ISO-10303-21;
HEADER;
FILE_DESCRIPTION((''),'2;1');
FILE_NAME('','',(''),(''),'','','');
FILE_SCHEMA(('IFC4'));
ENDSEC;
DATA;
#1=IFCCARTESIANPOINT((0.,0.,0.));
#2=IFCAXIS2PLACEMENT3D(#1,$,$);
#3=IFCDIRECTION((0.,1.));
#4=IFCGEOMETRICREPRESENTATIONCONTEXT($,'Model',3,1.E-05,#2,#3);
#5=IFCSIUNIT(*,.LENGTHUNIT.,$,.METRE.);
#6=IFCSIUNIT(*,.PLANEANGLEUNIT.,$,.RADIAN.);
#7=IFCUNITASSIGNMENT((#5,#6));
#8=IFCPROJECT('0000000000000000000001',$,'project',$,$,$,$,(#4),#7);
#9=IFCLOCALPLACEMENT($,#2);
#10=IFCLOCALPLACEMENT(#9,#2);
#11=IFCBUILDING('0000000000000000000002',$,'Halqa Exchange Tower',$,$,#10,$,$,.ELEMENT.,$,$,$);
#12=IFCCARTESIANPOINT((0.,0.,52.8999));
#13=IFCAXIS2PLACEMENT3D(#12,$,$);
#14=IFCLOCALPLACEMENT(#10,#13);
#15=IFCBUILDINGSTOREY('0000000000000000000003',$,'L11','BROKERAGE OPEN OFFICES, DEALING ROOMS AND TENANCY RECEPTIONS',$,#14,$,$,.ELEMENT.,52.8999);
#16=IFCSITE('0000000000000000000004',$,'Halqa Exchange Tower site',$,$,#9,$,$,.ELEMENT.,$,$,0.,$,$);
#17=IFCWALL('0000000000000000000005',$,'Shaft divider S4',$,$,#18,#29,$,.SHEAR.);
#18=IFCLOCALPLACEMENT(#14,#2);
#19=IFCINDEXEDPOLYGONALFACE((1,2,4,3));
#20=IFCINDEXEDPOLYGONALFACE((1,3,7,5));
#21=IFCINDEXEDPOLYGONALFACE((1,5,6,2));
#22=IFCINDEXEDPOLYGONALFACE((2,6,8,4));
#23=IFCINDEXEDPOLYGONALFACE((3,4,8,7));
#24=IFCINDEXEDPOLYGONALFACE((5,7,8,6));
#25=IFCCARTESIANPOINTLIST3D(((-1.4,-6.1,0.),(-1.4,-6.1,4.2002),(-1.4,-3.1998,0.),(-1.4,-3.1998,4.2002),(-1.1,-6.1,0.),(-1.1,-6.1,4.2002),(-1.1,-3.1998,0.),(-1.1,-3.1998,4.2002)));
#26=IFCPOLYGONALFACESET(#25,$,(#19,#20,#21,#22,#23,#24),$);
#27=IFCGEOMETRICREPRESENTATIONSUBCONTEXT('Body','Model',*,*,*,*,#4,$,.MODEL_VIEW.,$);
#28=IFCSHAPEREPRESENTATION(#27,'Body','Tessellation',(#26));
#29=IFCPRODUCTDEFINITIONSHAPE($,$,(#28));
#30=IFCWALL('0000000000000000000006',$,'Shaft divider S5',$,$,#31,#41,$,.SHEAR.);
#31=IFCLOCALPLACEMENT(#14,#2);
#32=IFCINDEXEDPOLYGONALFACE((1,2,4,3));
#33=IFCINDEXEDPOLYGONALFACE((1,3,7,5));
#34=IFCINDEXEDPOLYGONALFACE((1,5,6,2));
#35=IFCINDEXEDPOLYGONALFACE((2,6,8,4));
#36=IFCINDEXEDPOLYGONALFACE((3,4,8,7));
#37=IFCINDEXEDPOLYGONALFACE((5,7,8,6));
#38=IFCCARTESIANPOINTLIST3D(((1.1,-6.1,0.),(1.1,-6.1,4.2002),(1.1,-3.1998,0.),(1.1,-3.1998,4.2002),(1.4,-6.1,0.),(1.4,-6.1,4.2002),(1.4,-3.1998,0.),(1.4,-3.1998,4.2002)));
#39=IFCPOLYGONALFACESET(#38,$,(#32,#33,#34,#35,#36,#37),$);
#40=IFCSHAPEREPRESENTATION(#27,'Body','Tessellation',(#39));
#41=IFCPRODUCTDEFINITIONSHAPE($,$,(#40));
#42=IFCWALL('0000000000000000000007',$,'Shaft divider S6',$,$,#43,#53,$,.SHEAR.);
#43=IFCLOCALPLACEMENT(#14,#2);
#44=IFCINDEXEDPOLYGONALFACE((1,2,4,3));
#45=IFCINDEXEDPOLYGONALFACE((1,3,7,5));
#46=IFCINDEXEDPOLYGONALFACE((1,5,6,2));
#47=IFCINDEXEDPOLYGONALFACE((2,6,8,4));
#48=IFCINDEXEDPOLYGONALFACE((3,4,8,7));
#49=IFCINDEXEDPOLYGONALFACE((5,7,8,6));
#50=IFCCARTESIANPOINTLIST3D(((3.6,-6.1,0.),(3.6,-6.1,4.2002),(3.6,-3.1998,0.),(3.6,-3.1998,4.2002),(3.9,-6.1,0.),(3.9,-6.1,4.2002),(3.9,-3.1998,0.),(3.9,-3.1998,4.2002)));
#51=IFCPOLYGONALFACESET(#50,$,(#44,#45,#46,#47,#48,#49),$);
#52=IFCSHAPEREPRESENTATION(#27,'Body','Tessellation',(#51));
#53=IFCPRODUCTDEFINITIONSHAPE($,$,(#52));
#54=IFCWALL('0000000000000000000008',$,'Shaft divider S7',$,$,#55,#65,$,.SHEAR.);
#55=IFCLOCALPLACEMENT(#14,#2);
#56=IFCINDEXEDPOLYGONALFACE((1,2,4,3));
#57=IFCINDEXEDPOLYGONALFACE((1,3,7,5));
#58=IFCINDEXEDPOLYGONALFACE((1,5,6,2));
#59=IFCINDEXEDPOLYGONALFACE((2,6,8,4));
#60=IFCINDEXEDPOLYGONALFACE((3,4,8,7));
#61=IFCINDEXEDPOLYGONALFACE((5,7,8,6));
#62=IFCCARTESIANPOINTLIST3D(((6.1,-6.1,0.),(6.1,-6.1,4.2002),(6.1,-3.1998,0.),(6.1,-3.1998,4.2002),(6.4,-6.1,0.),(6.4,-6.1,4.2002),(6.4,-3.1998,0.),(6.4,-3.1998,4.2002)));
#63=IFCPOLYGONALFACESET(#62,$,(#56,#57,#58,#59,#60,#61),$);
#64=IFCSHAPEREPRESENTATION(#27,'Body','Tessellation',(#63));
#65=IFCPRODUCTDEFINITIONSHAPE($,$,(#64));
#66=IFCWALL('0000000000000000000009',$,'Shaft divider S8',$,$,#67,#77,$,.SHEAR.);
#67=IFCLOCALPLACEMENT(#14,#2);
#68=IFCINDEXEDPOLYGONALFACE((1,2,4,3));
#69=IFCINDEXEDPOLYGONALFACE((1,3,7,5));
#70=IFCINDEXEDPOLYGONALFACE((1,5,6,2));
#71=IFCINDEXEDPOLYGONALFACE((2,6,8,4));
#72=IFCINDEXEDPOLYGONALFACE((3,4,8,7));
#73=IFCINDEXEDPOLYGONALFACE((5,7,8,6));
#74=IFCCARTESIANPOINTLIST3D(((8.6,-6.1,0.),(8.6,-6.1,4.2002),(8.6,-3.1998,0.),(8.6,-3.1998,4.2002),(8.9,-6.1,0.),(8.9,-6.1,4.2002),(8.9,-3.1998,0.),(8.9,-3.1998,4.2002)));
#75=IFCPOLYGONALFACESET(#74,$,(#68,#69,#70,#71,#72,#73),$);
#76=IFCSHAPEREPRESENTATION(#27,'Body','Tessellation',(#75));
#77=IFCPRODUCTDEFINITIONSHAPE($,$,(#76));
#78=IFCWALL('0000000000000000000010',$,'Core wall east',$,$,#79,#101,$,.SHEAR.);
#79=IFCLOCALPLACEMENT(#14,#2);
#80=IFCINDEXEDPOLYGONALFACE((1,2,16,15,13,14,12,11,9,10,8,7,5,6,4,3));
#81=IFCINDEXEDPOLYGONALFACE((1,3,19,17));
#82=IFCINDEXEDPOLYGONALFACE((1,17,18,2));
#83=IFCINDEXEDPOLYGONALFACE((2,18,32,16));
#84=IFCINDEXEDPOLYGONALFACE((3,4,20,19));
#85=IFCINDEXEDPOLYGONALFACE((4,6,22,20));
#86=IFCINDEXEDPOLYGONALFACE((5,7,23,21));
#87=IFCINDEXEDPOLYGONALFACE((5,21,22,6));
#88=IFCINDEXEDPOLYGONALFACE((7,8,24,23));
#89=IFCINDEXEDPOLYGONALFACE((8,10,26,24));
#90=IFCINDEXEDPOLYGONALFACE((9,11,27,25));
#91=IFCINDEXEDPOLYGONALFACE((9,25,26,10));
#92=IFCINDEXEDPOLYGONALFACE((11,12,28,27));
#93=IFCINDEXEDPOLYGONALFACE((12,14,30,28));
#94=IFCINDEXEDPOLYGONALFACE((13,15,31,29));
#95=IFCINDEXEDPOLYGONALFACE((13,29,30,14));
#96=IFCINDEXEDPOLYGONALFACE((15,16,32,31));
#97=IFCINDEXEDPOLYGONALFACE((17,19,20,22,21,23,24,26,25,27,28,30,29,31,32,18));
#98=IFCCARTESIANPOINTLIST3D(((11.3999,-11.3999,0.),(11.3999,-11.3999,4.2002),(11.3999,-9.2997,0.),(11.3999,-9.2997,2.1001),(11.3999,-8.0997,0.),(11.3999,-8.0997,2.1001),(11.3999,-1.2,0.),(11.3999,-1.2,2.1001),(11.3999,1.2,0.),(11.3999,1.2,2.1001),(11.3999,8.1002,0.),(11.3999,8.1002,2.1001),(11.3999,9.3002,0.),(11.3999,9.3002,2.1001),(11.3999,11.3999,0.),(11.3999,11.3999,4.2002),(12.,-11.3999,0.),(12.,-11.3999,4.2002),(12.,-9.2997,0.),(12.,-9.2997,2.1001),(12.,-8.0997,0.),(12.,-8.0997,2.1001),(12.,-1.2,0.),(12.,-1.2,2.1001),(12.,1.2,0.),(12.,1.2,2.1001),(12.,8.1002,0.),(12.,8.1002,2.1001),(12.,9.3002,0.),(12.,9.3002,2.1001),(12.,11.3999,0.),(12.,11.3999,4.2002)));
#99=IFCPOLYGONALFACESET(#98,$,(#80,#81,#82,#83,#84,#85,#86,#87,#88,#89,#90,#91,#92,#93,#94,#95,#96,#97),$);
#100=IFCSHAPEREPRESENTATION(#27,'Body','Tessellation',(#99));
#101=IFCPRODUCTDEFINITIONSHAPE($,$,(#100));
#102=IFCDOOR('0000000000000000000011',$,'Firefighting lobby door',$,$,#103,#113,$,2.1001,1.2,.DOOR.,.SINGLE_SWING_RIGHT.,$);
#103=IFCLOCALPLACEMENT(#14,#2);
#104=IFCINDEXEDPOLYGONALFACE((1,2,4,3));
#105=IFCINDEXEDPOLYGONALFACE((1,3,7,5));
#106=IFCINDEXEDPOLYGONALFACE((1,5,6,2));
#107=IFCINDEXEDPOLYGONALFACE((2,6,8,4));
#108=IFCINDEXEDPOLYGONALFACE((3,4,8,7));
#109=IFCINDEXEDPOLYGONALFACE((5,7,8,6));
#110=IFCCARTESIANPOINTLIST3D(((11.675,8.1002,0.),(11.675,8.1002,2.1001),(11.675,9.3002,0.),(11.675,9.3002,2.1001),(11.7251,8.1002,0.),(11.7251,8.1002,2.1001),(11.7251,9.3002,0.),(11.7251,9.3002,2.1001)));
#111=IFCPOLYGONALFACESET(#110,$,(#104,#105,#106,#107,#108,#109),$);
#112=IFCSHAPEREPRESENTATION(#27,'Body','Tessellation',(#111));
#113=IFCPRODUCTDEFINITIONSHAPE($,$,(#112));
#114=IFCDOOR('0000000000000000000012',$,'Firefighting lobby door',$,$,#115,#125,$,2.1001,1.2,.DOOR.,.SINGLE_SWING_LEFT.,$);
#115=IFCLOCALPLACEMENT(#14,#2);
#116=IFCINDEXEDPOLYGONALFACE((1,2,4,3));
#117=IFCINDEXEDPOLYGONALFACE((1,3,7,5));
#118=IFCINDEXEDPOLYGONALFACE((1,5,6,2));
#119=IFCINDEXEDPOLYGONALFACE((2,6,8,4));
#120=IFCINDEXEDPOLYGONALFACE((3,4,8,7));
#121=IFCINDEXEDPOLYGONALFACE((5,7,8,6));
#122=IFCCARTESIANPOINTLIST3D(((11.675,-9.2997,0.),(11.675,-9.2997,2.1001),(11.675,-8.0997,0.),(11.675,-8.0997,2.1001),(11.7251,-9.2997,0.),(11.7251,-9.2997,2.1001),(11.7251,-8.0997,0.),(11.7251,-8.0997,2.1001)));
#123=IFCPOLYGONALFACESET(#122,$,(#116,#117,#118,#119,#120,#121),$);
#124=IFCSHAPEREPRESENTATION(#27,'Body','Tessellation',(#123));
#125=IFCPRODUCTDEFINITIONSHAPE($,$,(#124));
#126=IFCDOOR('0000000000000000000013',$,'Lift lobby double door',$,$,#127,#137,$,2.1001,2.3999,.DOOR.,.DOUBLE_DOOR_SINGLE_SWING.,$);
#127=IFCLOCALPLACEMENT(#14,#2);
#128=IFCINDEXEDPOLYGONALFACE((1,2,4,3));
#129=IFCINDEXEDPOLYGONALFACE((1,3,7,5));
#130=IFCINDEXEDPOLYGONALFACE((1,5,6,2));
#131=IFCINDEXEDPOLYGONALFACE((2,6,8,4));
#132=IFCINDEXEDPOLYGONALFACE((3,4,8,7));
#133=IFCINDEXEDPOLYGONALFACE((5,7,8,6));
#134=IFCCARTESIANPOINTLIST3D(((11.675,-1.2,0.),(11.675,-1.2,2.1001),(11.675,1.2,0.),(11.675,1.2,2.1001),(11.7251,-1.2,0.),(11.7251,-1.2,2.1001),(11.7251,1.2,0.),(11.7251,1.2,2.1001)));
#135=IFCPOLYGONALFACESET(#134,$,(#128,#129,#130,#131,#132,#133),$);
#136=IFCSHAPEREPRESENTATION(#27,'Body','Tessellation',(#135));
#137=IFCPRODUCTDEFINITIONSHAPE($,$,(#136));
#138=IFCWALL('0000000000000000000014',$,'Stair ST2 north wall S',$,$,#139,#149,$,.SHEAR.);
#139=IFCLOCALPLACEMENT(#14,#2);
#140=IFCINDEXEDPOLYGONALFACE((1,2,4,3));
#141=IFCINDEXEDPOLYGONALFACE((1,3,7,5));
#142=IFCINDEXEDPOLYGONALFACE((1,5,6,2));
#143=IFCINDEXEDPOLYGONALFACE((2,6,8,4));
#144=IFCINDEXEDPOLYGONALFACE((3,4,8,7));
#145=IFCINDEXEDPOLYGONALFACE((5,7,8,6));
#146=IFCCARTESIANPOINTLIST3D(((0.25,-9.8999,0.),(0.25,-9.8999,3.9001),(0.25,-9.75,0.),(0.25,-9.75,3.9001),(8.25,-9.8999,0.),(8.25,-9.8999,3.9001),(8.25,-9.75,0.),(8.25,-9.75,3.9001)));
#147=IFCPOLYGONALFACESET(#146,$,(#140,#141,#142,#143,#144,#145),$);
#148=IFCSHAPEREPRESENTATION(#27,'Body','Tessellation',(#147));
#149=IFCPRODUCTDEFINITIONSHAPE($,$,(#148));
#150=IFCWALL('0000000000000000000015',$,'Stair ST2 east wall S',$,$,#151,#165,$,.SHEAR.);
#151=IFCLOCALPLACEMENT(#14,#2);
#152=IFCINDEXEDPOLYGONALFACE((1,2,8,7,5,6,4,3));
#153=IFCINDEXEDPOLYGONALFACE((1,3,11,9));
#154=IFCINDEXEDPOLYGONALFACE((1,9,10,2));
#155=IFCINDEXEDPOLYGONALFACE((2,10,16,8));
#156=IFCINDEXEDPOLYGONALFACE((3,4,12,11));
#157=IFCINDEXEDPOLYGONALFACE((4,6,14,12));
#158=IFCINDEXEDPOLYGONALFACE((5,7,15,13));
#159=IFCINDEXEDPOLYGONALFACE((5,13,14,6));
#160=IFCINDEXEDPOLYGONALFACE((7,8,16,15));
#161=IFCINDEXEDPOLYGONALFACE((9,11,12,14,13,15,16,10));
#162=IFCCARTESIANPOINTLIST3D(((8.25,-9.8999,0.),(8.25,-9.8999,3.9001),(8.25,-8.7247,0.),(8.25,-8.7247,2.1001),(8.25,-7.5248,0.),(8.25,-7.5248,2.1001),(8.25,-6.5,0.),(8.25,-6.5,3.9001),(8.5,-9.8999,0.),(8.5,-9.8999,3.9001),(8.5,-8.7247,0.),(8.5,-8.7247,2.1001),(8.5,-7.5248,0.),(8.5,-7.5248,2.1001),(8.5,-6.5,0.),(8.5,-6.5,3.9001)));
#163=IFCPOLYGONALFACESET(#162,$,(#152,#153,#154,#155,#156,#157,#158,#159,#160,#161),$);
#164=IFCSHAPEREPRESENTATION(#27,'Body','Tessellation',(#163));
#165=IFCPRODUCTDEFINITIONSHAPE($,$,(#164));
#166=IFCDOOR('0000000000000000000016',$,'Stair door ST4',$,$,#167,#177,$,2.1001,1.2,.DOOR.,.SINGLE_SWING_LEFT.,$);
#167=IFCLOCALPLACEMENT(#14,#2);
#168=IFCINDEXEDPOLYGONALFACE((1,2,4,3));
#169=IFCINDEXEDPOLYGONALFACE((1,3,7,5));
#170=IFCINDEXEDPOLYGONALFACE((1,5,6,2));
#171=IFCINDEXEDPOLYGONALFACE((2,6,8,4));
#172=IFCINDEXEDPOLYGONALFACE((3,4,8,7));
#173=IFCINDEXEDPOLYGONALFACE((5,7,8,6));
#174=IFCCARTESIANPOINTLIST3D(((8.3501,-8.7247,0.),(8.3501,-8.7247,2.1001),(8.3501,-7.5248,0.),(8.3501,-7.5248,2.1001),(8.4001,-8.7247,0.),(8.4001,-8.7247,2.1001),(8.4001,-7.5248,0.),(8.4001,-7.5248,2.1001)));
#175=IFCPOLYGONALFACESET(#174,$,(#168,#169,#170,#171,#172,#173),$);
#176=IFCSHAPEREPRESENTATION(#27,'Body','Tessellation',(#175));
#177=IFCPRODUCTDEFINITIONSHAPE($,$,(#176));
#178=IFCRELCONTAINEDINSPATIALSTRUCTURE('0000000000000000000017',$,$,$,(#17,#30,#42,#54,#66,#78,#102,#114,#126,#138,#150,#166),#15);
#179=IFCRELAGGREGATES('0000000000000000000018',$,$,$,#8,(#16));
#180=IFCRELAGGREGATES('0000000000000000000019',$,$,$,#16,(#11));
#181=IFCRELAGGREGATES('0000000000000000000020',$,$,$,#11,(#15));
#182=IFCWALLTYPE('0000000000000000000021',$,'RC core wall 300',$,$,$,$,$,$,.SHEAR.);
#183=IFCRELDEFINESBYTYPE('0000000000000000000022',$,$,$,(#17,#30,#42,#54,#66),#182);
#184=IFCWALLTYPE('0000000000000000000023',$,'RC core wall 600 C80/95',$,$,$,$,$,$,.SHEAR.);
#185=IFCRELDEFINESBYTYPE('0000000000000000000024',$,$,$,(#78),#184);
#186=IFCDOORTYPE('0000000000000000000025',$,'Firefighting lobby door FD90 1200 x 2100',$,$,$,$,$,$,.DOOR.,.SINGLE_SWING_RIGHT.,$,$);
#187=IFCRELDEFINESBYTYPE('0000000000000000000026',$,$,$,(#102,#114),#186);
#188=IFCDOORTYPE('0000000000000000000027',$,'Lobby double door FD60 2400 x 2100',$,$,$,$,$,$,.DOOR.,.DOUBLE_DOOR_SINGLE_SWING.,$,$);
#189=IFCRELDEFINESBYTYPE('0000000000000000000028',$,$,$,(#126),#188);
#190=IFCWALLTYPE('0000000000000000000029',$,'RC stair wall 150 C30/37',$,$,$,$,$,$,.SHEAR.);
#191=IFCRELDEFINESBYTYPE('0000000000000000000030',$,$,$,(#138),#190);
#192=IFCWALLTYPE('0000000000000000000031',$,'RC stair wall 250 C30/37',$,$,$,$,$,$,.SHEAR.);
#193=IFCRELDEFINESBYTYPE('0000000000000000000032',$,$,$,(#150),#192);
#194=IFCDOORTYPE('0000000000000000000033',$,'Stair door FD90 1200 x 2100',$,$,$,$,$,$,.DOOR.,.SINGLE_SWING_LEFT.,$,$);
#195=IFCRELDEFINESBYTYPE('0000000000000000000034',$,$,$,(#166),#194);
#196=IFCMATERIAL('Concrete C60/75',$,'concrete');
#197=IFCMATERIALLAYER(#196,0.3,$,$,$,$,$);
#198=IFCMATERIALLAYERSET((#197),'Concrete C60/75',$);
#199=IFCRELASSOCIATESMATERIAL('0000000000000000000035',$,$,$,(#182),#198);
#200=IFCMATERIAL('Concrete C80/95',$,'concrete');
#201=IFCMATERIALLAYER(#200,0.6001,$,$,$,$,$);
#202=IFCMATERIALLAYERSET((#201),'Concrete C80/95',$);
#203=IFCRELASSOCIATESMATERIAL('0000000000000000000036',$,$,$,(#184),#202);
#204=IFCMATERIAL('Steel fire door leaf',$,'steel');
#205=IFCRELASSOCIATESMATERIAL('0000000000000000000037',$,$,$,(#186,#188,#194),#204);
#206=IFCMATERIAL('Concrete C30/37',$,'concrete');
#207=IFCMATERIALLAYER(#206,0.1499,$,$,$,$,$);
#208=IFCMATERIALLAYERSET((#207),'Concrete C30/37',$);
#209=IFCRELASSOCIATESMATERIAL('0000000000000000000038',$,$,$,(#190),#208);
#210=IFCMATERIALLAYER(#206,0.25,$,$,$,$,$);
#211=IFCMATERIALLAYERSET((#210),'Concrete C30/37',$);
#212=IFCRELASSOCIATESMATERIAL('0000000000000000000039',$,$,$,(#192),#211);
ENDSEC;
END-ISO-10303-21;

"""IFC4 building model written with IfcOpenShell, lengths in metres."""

from ifc_helpers import new_model, si_unit, direction, frame, frame_2d, origin, place, context, subcontext, project, spatial, rectangle, extrude, material, layer, layer_set, type_object, element, fill, save


model = new_model("IFC4")

# Units and contexts
model_context = context("Model", 3, precision=1e-05, world=origin(), true_north=direction((0.0, 1.0)))
body_context = subcontext(model_context, "Body", "Model", "MODEL_VIEW")
ifc_project = project(units=[si_unit("LENGTHUNIT", "METRE"), si_unit("PLANEANGLEUNIT", "RADIAN")], contexts=[model_context])

# Site, building, storey
site_placement = place(None, origin())
site = spatial("IfcSite", under=ifc_project, at=site_placement, Name="Halqa Exchange Tower site", CompositionType="ELEMENT", RefElevation=0.0)
building_placement = place(site_placement, origin())
building = spatial("IfcBuilding", under=site, at=building_placement, Name="Halqa Exchange Tower", CompositionType="ELEMENT")
storey_placement = place(building_placement, frame((0.0, 0.0, 52.8999)))
storey = spatial("IfcBuildingStorey", under=building, at=storey_placement, Name="L11", Description="BROKERAGE OPEN OFFICES, DEALING ROOMS AND TENANCY RECEPTIONS", CompositionType="ELEMENT", Elevation=52.8999)

# Walls
ifc_material_1 = material(Name="Concrete C60/75", Category="concrete")
ifc_layer_1 = layer(ifc_material_1, 0.3)
ifc_layer_set_1 = layer_set([ifc_layer_1], Name="Concrete C60/75")
wall_type_1 = type_object("IfcWallType", Name="RC core wall 300", PredefinedType="SHEAR", material=ifc_layer_set_1)
for number, where, z_axis, x_axis, name in (
    (1, (-1.25, -6.1001, 0.0), (0.0, 0.0, 1.0), (0.0, 1.0, 0.0), "Shaft divider S4"),
    (2, (1.25, -6.1001, 0.0), (0.0, 0.0, 1.0), (0.0, 1.0, 0.0), "Shaft divider S5"),
    (3, (3.75, -6.1001, 0.0), (0.0, 0.0, 1.0), (0.0, 1.0, 0.0), "Shaft divider S6"),
    (4, (6.25, -6.1001, 0.0), (0.0, 0.0, 1.0), (0.0, 1.0, 0.0), "Shaft divider S7"),
    (5, (8.75, -6.1001, 0.0), (0.0, 0.0, 1.0), (0.0, 1.0, 0.0), "Shaft divider S8"),
):
    element("IfcWall", number, at=place(storey_placement, frame(where, z_axis=z_axis, x_axis=x_axis)), inside=storey, type_object=wall_type_1, Name=name, PredefinedType="SHEAR", context=body_context, shape_type="SweptSolid", body=[
        extrude(rectangle(XDim=2.9001, YDim=0.3, at=frame_2d((1.4502, 0.0))), origin(), (0.0, 0.0, 1.0), 4.2002),
    ])

# Wall, openings, doors
ifc_material_2 = material(Name="Concrete C80/95", Category="concrete")
ifc_layer_2 = layer(ifc_material_2, 0.6001)
ifc_layer_set_2 = layer_set([ifc_layer_2], Name="Concrete C80/95")
wall_type_2 = type_object("IfcWallType", Name="RC core wall 600 C80/95", PredefinedType="SHEAR", material=ifc_layer_set_2)
wall_1_placement = place(storey_placement, frame((11.7, -11.3999, 0.0), z_axis=(0.0, 0.0, 1.0), x_axis=(0.0, 1.0, 0.0)))
wall_1 = element("IfcWall", 6, at=wall_1_placement, inside=storey, type_object=wall_type_2, Name="Core wall east", PredefinedType="SHEAR", context=body_context, shape_type="SweptSolid", body=[
    extrude(rectangle(XDim=22.7998, YDim=0.6001, at=frame_2d((11.3999, 0.0))), origin(), (0.0, 0.0, 1.0), 4.2002),
])
opening_1_placement = place(wall_1_placement, frame((10.2, 0.0, 0.0)))
opening_1 = element("IfcOpeningElement", 7, at=opening_1_placement, cuts=wall_1, PredefinedType="OPENING", context=body_context, shape_type="SweptSolid", body=[
    extrude(rectangle(XDim=2.3999, YDim=2.1001, at=frame_2d((1.2, 1.05))), frame((0.0, 0.312, 0.0), z_axis=(0.0, -1.0, 0.0), x_axis=(1.0, 0.0, 0.0)), (0.0, 0.0, 1.0), 0.624),
])
opening_2_placement = place(wall_1_placement, frame((19.5, 0.0, 0.0)))
opening_2 = element("IfcOpeningElement", 8, at=opening_2_placement, cuts=wall_1, PredefinedType="OPENING", context=body_context, shape_type="SweptSolid", body=[
    extrude(rectangle(XDim=1.2, YDim=2.1001, at=frame_2d((0.6001, 1.05))), frame((0.0, 0.312, 0.0), z_axis=(0.0, -1.0, 0.0), x_axis=(1.0, 0.0, 0.0)), (0.0, 0.0, 1.0), 0.624),
])
opening_3_placement = place(wall_1_placement, frame((2.1001, 0.0, 0.0)))
opening_3 = element("IfcOpeningElement", 9, at=opening_3_placement, cuts=wall_1, PredefinedType="OPENING", context=body_context, shape_type="SweptSolid", body=[
    extrude(rectangle(XDim=1.2, YDim=2.1001, at=frame_2d((0.6001, 1.05))), frame((0.0, 0.312, 0.0), z_axis=(0.0, -1.0, 0.0), x_axis=(1.0, 0.0, 0.0)), (0.0, 0.0, 1.0), 0.624),
])
ifc_material_3 = material(Name="Steel fire door leaf", Category="steel")
door_type_1 = type_object("IfcDoorType", Name="Firefighting lobby door FD90 1200 x 2100", OperationType="SINGLE_SWING_RIGHT", PredefinedType="DOOR", material=ifc_material_3)
door_1_placement = place(opening_2_placement, origin())
door_1 = element("IfcDoor", 10, at=door_1_placement, inside=storey, type_object=door_type_1, Name="Firefighting lobby door", OperationType="SINGLE_SWING_RIGHT", OverallHeight=2.1001, OverallWidth=1.2, PredefinedType="DOOR", context=body_context, shape_type="SweptSolid", body=[
    extrude(rectangle(XDim=1.2, YDim=2.1001, at=frame_2d((0.6001, 1.05))), frame((0.0, 0.0249, 0.0), z_axis=(0.0, -1.0, 0.0), x_axis=(1.0, 0.0, 0.0)), (0.0, 0.0, 1.0), 0.05),
])
fill(opening_2, door_1)
door_2_placement = place(opening_3_placement, origin())
door_2 = element("IfcDoor", 11, at=door_2_placement, inside=storey, type_object=door_type_1, Name="Firefighting lobby door", OperationType="SINGLE_SWING_LEFT", OverallHeight=2.1001, OverallWidth=1.2, PredefinedType="DOOR", context=body_context, shape_type="SweptSolid", body=[
    extrude(rectangle(XDim=1.2, YDim=2.1001, at=frame_2d((0.6001, 1.05))), frame((0.0, 0.0249, 0.0), z_axis=(0.0, -1.0, 0.0), x_axis=(1.0, 0.0, 0.0)), (0.0, 0.0, 1.0), 0.05),
])
fill(opening_3, door_2)
door_type_2 = type_object("IfcDoorType", Name="Lobby double door FD60 2400 x 2100", OperationType="DOUBLE_DOOR_SINGLE_SWING", PredefinedType="DOOR", material=ifc_material_3)
door_3_placement = place(opening_1_placement, origin())
door_3 = element("IfcDoor", 12, at=door_3_placement, inside=storey, type_object=door_type_2, Name="Lift lobby double door", OperationType="DOUBLE_DOOR_SINGLE_SWING", OverallHeight=2.1001, OverallWidth=2.3999, PredefinedType="DOOR", context=body_context, shape_type="SweptSolid", body=[
    extrude(rectangle(XDim=2.3999, YDim=2.1001, at=frame_2d((1.2, 1.05))), frame((0.0, 0.0249, 0.0), z_axis=(0.0, -1.0, 0.0), x_axis=(1.0, 0.0, 0.0)), (0.0, 0.0, 1.0), 0.05),
])
fill(opening_1, door_3)

# Wall
ifc_material_4 = material(Name="Concrete C30/37", Category="concrete")
ifc_layer_3 = layer(ifc_material_4, 0.1499)
ifc_layer_set_3 = layer_set([ifc_layer_3], Name="Concrete C30/37")
wall_type_3 = type_object("IfcWallType", Name="RC stair wall 150 C30/37", PredefinedType="SHEAR", material=ifc_layer_set_3)
wall_2_placement = place(storey_placement, frame((0.25, -9.825, 0.0), z_axis=(0.0, 0.0, 1.0), x_axis=(1.0, 0.0, 0.0)))
element("IfcWall", 13, at=wall_2_placement, inside=storey, type_object=wall_type_3, Name="Stair ST2 north wall S", PredefinedType="SHEAR", context=body_context, shape_type="SweptSolid", body=[
    extrude(rectangle(XDim=8.0, YDim=0.1499, at=frame_2d((4.0, 0.0))), origin(), (0.0, 0.0, 1.0), 3.9001),
])

# Wall, opening, door
ifc_layer_4 = layer(ifc_material_4, 0.25)
ifc_layer_set_4 = layer_set([ifc_layer_4], Name="Concrete C30/37")
wall_type_4 = type_object("IfcWallType", Name="RC stair wall 250 C30/37", PredefinedType="SHEAR", material=ifc_layer_set_4)
wall_3_placement = place(storey_placement, frame((8.375, -9.8999, 0.0), z_axis=(0.0, 0.0, 1.0), x_axis=(0.0, 1.0, 0.0)))
wall_3 = element("IfcWall", 14, at=wall_3_placement, inside=storey, type_object=wall_type_4, Name="Stair ST2 east wall S", PredefinedType="SHEAR", context=body_context, shape_type="SweptSolid", body=[
    extrude(rectangle(XDim=3.3999, YDim=0.25, at=frame_2d((1.7, 0.0))), origin(), (0.0, 0.0, 1.0), 3.9001),
])
opening_4_placement = place(wall_3_placement, frame((1.175, 0.0, 0.0)))
opening_4 = element("IfcOpeningElement", 15, at=opening_4_placement, cuts=wall_3, PredefinedType="OPENING", context=body_context, shape_type="SweptSolid", body=[
    extrude(rectangle(XDim=1.2, YDim=2.1001, at=frame_2d((0.6001, 1.05))), frame((0.0, 0.137, 0.0), z_axis=(0.0, -1.0, 0.0), x_axis=(1.0, 0.0, 0.0)), (0.0, 0.0, 1.0), 0.2739),
])
door_type_3 = type_object("IfcDoorType", Name="Stair door FD90 1200 x 2100", OperationType="SINGLE_SWING_LEFT", PredefinedType="DOOR", material=ifc_material_3)
door_4_placement = place(opening_4_placement, origin())
door_4 = element("IfcDoor", 16, at=door_4_placement, inside=storey, type_object=door_type_3, Name="Stair door ST4", OperationType="SINGLE_SWING_LEFT", OverallHeight=2.1001, OverallWidth=1.2, PredefinedType="DOOR", context=body_context, shape_type="SweptSolid", body=[
    extrude(rectangle(XDim=1.2, YDim=2.1001, at=frame_2d((0.6001, 1.05))), frame((0.0, 0.0249, 0.0), z_axis=(0.0, -1.0, 0.0), x_axis=(1.0, 0.0, 0.0)), (0.0, 0.0, 1.0), 0.05),
])
fill(opening_4, door_4)

save(model, "model.ifc")
